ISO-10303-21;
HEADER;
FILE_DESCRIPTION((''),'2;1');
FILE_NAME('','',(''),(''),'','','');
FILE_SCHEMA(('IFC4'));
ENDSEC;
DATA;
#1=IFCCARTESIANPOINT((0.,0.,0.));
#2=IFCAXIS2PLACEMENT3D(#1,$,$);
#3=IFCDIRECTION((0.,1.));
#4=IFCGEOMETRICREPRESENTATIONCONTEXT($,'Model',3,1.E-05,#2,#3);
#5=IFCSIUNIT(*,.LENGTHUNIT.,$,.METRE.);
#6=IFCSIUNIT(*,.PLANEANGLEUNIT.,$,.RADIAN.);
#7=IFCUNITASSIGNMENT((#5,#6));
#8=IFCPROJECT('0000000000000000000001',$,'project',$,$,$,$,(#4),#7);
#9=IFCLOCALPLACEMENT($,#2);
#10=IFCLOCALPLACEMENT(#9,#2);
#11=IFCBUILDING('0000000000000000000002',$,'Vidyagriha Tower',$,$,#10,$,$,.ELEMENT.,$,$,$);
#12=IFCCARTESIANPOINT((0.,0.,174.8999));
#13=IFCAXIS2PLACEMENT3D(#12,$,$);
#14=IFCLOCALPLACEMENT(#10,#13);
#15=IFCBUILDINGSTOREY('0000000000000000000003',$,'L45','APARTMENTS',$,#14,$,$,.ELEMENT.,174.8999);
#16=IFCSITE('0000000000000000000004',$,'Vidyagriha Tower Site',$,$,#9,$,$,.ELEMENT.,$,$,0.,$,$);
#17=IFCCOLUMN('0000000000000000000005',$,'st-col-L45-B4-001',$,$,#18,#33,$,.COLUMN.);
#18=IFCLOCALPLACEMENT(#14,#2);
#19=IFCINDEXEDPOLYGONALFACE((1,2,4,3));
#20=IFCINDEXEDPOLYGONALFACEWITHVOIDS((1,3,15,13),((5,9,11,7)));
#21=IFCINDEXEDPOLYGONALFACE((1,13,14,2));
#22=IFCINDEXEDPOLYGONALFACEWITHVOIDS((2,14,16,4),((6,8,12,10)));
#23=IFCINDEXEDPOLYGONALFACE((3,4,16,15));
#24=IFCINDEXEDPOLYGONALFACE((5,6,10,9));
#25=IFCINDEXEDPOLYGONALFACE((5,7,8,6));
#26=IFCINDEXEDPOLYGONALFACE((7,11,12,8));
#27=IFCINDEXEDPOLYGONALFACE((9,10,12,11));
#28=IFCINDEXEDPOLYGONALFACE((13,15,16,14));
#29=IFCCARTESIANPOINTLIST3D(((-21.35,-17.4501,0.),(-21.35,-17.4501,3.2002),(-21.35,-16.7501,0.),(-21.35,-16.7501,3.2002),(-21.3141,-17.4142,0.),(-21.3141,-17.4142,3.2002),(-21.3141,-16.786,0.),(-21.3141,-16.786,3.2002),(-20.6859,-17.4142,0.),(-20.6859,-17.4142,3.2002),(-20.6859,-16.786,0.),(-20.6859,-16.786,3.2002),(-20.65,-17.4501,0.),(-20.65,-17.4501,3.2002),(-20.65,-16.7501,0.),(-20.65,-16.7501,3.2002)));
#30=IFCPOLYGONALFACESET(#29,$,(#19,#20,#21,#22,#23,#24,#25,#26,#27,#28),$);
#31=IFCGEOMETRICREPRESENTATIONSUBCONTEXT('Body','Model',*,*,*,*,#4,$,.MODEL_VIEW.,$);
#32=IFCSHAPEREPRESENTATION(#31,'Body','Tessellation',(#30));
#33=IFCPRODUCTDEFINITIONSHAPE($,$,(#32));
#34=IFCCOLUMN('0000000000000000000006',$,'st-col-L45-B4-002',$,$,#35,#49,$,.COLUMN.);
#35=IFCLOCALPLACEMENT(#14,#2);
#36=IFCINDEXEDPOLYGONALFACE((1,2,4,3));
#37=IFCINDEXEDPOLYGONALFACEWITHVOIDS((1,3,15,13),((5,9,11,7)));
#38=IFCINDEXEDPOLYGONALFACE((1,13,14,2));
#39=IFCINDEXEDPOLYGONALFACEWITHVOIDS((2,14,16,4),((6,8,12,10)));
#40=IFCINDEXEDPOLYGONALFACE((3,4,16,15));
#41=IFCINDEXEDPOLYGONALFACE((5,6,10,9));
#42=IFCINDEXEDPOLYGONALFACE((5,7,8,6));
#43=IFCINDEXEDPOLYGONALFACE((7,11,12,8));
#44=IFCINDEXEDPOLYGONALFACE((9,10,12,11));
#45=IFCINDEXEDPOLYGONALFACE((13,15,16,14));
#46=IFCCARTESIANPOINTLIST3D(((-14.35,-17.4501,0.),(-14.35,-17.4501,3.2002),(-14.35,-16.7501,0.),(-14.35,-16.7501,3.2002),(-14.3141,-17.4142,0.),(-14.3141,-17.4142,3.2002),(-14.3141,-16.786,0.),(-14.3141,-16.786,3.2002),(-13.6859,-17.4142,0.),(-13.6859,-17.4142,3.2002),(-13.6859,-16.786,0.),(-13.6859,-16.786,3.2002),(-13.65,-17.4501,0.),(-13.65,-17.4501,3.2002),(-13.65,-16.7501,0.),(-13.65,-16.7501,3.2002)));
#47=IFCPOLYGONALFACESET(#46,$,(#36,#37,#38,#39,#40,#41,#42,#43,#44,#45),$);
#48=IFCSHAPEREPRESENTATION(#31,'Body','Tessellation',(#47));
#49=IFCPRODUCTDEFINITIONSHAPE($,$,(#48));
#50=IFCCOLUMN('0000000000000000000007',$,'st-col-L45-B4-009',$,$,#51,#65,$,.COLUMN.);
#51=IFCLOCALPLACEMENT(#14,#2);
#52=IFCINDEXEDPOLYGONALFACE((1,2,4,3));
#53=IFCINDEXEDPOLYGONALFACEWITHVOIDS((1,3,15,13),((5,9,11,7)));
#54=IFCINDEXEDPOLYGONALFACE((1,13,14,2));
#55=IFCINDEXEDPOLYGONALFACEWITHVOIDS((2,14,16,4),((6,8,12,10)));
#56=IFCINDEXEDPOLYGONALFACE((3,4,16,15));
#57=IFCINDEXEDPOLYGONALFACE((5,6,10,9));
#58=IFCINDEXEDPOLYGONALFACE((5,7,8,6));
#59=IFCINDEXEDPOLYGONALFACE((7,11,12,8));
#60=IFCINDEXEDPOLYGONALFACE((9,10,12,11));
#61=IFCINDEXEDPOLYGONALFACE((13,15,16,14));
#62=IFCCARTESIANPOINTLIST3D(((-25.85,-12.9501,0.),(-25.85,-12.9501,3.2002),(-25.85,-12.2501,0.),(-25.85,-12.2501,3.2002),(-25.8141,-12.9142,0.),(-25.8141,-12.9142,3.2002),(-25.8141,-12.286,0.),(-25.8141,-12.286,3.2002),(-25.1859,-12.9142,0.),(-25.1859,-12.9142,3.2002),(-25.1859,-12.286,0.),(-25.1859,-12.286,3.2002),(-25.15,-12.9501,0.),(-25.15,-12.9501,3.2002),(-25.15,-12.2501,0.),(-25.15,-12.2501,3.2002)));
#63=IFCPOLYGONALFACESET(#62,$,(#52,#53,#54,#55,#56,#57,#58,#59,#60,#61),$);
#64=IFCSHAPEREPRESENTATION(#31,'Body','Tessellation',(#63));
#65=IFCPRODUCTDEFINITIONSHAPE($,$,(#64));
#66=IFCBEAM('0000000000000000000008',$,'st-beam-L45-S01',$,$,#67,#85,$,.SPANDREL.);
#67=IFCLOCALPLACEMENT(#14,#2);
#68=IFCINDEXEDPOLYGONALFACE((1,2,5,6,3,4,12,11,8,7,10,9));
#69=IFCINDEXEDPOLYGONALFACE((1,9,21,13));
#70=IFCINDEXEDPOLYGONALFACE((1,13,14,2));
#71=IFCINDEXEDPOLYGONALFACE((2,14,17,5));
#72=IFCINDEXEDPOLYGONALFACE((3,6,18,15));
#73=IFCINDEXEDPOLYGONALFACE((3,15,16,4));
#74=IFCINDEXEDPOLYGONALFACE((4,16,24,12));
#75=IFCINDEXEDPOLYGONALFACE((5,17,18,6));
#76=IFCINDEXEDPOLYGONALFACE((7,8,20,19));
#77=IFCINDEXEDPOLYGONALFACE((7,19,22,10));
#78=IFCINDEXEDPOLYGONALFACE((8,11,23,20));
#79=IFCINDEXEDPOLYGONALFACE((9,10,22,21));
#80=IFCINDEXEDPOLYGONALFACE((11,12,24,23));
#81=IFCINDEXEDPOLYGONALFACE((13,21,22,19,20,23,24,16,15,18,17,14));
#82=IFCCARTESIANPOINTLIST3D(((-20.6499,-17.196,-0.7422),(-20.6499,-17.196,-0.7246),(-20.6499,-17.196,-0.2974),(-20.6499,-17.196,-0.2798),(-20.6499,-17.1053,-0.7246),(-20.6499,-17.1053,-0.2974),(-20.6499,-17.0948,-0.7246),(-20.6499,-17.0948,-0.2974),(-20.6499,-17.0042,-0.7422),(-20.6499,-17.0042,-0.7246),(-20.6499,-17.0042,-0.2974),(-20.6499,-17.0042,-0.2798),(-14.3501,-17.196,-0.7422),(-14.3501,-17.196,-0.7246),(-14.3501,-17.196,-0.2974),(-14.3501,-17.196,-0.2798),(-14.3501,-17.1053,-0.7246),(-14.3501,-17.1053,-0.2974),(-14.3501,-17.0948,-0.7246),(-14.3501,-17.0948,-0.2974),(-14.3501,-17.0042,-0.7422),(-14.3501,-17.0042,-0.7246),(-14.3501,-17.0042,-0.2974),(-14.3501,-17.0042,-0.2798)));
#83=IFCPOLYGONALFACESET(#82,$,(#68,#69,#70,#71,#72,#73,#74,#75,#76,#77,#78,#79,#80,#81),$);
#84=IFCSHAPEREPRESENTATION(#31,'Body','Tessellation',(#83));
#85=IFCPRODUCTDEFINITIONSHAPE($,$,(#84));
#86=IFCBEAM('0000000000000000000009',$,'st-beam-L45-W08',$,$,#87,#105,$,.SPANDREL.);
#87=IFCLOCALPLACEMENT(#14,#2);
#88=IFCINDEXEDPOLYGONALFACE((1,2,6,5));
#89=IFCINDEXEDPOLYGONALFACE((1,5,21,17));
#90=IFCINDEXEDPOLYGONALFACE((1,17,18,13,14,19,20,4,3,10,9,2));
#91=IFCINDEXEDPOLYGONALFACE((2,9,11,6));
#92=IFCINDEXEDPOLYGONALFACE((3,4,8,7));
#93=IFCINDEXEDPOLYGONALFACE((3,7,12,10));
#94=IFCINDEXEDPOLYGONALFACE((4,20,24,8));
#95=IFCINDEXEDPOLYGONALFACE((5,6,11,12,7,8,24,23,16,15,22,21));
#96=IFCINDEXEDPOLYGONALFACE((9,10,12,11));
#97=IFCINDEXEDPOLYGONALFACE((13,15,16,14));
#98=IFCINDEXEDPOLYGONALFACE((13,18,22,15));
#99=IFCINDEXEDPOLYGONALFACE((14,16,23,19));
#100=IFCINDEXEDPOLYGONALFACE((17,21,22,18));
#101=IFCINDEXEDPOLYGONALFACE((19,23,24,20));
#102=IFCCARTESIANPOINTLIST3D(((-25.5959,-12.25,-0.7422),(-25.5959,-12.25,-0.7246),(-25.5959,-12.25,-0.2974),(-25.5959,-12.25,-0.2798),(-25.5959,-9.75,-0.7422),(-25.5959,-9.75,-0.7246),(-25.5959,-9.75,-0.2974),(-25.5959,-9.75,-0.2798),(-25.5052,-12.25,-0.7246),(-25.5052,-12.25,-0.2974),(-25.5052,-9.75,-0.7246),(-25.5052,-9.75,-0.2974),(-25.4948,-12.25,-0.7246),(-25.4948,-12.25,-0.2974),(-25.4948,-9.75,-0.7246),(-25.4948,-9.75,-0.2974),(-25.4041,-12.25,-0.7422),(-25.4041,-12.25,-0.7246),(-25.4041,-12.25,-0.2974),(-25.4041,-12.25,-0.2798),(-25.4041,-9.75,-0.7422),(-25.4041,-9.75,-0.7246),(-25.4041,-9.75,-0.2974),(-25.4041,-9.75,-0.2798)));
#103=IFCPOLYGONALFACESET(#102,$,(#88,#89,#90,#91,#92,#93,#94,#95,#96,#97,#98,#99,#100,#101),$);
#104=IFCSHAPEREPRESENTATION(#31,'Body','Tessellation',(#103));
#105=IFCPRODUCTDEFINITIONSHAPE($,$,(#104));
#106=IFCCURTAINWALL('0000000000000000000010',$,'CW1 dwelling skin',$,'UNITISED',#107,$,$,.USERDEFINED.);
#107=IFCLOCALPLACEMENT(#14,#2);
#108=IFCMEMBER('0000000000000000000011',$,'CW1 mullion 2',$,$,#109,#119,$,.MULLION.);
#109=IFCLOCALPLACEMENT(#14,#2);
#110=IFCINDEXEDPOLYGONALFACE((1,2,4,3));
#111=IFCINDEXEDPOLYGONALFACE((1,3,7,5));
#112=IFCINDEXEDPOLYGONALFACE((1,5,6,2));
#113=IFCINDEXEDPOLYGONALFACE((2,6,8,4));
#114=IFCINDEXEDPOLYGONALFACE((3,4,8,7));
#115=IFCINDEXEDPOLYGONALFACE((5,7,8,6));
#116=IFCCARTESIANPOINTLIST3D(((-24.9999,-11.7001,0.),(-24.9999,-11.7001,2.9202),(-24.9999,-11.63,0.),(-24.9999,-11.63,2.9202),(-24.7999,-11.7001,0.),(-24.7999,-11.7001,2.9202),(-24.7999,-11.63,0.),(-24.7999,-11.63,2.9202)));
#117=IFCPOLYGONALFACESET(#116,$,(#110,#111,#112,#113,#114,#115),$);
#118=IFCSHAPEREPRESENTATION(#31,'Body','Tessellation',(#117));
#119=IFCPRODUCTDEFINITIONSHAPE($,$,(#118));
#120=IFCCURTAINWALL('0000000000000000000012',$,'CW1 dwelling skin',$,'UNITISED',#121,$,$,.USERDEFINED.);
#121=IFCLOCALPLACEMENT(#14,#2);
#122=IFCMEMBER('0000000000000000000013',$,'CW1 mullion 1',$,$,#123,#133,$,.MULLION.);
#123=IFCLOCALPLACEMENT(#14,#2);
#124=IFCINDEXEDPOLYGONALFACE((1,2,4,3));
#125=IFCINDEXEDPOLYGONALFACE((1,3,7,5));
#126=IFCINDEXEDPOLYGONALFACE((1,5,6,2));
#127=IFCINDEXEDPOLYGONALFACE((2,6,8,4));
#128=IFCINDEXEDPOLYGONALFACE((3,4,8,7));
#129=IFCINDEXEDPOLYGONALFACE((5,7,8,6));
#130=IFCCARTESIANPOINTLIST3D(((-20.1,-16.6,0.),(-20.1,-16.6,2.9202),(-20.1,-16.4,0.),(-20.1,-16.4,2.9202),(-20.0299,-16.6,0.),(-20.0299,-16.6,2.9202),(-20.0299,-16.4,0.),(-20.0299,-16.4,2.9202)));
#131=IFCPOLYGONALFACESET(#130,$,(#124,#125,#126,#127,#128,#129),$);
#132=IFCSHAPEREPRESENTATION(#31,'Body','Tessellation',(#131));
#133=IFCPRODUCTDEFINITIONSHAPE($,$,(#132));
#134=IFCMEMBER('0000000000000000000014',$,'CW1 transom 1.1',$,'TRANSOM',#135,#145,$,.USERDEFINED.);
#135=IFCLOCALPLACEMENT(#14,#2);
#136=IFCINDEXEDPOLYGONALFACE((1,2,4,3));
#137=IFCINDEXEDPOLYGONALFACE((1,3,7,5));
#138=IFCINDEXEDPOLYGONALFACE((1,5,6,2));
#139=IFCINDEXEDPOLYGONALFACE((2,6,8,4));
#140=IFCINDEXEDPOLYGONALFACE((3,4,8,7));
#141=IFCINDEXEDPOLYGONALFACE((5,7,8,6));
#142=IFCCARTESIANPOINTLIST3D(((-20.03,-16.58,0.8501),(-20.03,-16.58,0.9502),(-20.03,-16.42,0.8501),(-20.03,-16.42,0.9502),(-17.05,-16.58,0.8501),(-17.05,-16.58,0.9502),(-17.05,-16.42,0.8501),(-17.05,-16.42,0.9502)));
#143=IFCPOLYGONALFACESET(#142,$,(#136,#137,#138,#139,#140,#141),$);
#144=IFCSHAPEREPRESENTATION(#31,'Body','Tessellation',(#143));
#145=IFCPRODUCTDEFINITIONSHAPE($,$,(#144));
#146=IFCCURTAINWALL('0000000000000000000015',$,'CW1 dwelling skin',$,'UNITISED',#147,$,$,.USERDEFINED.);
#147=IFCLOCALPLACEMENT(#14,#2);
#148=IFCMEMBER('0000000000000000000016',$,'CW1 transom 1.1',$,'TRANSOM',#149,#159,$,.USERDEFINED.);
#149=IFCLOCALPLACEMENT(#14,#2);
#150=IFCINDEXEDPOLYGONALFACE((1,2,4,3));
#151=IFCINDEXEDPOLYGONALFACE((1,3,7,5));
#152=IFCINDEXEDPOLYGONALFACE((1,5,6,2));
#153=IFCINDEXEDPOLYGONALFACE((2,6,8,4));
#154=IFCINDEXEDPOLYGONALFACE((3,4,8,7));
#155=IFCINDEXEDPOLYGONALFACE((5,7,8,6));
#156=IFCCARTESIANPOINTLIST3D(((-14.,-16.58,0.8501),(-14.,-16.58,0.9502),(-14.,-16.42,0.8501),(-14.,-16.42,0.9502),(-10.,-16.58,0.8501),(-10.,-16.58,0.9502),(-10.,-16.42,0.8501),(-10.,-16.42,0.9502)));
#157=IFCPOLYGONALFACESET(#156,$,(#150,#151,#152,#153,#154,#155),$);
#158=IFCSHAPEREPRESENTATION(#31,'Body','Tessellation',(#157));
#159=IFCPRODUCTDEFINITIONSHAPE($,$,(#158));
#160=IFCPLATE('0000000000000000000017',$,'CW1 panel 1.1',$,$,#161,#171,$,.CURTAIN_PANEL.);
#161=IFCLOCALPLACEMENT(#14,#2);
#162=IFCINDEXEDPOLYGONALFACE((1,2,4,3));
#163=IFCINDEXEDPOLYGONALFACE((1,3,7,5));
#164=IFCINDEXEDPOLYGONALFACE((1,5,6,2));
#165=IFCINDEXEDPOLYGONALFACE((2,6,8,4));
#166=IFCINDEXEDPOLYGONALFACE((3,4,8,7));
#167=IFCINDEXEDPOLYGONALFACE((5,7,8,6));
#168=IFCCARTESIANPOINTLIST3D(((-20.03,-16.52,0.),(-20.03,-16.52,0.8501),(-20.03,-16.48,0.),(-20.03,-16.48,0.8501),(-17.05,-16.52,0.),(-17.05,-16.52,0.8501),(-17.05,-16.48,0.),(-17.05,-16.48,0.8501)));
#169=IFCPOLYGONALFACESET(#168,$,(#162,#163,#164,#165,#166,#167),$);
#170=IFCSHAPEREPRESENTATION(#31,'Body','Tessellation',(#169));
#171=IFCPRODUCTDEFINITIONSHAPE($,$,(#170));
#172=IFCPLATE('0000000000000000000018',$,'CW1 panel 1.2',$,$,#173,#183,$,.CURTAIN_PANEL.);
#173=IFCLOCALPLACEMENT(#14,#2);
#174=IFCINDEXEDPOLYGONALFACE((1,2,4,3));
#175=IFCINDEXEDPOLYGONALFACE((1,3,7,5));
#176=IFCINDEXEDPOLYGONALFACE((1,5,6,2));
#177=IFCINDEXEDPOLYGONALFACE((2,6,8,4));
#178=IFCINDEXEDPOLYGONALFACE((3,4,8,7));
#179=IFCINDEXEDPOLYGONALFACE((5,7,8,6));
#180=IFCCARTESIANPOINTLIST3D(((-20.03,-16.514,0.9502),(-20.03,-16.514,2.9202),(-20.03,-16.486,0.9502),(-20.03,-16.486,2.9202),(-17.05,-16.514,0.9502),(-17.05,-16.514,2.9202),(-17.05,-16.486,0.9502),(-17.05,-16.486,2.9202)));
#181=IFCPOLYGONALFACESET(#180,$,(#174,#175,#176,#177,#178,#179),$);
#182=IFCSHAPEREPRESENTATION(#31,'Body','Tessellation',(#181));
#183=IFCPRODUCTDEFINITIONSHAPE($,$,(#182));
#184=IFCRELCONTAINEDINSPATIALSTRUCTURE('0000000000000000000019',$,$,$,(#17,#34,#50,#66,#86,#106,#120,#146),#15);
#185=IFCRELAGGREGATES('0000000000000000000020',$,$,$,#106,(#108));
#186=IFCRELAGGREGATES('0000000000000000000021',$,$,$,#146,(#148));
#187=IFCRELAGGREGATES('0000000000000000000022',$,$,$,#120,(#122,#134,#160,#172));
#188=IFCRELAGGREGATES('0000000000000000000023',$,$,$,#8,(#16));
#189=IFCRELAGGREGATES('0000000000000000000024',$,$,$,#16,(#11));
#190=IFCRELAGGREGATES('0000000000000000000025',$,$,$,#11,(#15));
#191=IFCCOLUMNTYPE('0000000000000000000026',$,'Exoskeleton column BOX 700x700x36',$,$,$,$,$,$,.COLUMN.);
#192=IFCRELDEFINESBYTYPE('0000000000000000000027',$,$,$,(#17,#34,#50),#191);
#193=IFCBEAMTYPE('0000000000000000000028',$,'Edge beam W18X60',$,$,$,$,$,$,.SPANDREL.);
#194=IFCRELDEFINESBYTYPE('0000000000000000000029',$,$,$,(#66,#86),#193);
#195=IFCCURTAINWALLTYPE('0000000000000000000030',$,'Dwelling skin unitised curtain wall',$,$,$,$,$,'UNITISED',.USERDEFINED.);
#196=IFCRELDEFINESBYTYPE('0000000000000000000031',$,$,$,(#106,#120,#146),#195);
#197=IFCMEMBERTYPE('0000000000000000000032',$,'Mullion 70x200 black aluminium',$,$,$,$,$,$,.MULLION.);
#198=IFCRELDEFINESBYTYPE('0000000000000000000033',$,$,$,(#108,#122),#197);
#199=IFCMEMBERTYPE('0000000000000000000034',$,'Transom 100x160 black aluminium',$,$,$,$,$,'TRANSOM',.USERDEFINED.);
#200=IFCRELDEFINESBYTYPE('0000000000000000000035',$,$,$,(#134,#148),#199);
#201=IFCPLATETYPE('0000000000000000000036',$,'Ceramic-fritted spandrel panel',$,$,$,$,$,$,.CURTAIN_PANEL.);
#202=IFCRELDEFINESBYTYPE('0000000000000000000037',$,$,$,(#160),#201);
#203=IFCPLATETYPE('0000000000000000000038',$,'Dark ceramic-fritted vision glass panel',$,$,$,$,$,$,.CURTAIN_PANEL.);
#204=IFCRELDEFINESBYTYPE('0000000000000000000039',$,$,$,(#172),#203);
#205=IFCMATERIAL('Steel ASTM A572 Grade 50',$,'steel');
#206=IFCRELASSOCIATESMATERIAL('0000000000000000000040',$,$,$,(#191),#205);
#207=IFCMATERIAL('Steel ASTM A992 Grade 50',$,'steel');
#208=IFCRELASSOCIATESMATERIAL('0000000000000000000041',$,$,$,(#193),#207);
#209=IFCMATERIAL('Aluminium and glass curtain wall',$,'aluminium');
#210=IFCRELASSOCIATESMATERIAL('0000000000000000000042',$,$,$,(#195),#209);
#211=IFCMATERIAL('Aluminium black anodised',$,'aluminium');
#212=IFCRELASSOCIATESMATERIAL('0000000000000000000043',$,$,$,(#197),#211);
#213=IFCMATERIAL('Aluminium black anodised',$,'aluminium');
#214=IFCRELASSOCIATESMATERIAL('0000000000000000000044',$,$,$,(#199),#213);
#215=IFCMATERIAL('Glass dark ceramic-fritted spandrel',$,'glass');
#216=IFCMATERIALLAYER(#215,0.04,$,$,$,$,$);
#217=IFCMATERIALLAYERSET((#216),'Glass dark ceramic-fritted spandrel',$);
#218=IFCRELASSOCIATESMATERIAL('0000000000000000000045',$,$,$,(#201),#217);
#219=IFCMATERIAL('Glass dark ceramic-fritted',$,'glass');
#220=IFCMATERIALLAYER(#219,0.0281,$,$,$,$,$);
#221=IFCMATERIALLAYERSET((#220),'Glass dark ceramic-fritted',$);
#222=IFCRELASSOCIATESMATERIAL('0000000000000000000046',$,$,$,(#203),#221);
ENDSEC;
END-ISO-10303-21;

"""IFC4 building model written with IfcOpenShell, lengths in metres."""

from ifc_helpers import new_model, si_unit, direction, frame, origin, origin_2d, place, context, subcontext, project, spatial, rectangle, hollow_rectangle, i_section, extrude, material, layer, layer_set, material_profile, profile_set, type_object, element, aggregate, save


model = new_model("IFC4")

# Units and contexts
model_context = context("Model", 3, precision=1e-05, world=origin(), true_north=direction((0.0, 1.0)))
body_context = subcontext(model_context, "Body", "Model", "MODEL_VIEW")
ifc_project = project(units=[si_unit("LENGTHUNIT", "METRE"), si_unit("PLANEANGLEUNIT", "RADIAN")], contexts=[model_context])

# Site, building, storey
site_placement = place(None, origin())
site = spatial("IfcSite", under=ifc_project, at=site_placement, Name="Vidyagriha Tower Site", CompositionType="ELEMENT", RefElevation=0.0)
building_placement = place(site_placement, origin())
building = spatial("IfcBuilding", under=site, at=building_placement, Name="Vidyagriha Tower", CompositionType="ELEMENT")
storey_placement = place(building_placement, frame((0.0, 0.0, 174.8999)))
storey = spatial("IfcBuildingStorey", under=building, at=storey_placement, Name="L45", Description="APARTMENTS", CompositionType="ELEMENT", Elevation=174.8999)

# Columns
ifc_material_1 = material(Name="Steel ASTM A572 Grade 50", Category="steel")
ifc_material_profile_1 = material_profile(ifc_material_1, hollow_rectangle(XDim=0.7, YDim=0.7, WallThickness=0.0359, at=origin_2d()), Name="BOX 700x700x36")
ifc_profile_set_1 = profile_set([ifc_material_profile_1], Name="Steel ASTM A572 Grade 50")
column_type = type_object("IfcColumnType", Name="Exoskeleton column BOX 700x700x36", PredefinedType="COLUMN", material=ifc_profile_set_1)
for number, where, name in (
    (1, (-21.0, -17.1001, 0.0), "st-col-L45-B4-001"),
    (2, (-14.0, -17.1001, 0.0), "st-col-L45-B4-002"),
    (3, (-25.5, -12.6001, 0.0), "st-col-L45-B4-009"),
):
    element("IfcColumn", number, at=place(storey_placement, frame(where)), inside=storey, type_object=column_type, Name=name, PredefinedType="COLUMN", context=body_context, shape_type="SweptSolid", body=[
        extrude(hollow_rectangle(XDim=0.7, YDim=0.7, WallThickness=0.0359, at=origin_2d()), origin(), (0.0, 0.0, 1.0), 3.2002),
    ])

# Beams
ifc_material_2 = material(Name="Steel ASTM A992 Grade 50", Category="steel")
ifc_material_profile_2 = material_profile(ifc_material_2, i_section(OverallWidth=0.1919, OverallDepth=0.4624, WebThickness=0.0105, FlangeThickness=0.0176, at=origin_2d()), Name="W18X60")
ifc_profile_set_2 = profile_set([ifc_material_profile_2], Name="Steel ASTM A992 Grade 50")
beam_type = type_object("IfcBeamType", Name="Edge beam W18X60", PredefinedType="SPANDREL", material=ifc_profile_set_2)
beam_1_placement = place(storey_placement, frame((-20.6499, -17.1001, -0.511), z_axis=(1.0, 0.0, 0.0), x_axis=(0.0, 1.0, 0.0)))
element("IfcBeam", 4, at=beam_1_placement, inside=storey, type_object=beam_type, Name="st-beam-L45-S01", PredefinedType="SPANDREL", context=body_context, shape_type="SweptSolid", body=[
    extrude(i_section(OverallWidth=0.1919, OverallDepth=0.4624, WebThickness=0.0105, FlangeThickness=0.0176, at=origin_2d()), origin(), (0.0, 0.0, 1.0), 6.2998),
])
beam_2_placement = place(storey_placement, frame((-25.5, -12.25, -0.511), z_axis=(0.0, 1.0, 0.0), x_axis=(-1.0, 0.0, 0.0)))
element("IfcBeam", 5, at=beam_2_placement, inside=storey, type_object=beam_type, Name="st-beam-L45-W08", PredefinedType="SPANDREL", context=body_context, shape_type="SweptSolid", body=[
    extrude(i_section(OverallWidth=0.1919, OverallDepth=0.4624, WebThickness=0.0105, FlangeThickness=0.0176, at=origin_2d()), origin(), (0.0, 0.0, 1.0), 2.5),
])

# Curtain wall, member
ifc_material_3 = material(Name="Aluminium and glass curtain wall", Category="aluminium")
curtain_wall_type = type_object("IfcCurtainWallType", Name="Dwelling skin unitised curtain wall", ElementType="UNITISED", PredefinedType="USERDEFINED", material=ifc_material_3)
curtain_wall_1_placement = place(storey_placement, origin())
curtain_wall_1 = element("IfcCurtainWall", 6, at=curtain_wall_1_placement, inside=storey, type_object=curtain_wall_type, Name="CW1 dwelling skin", ObjectType="UNITISED", PredefinedType="USERDEFINED")
ifc_material_4 = material(Name="Aluminium black anodised", Category="aluminium")
ifc_material_profile_3 = material_profile(ifc_material_4, rectangle(XDim=0.2, YDim=0.0701, at=origin_2d()), Name="Mullion 70x200 black aluminium")
ifc_profile_set_3 = profile_set([ifc_material_profile_3], Name="Aluminium black anodised")
member_type_1 = type_object("IfcMemberType", Name="Mullion 70x200 black aluminium", PredefinedType="MULLION", material=ifc_profile_set_3)
member_1_placement = place(storey_placement, frame((-24.8999, -11.665, 0.0)))
member_1 = element("IfcMember", 7, at=member_1_placement, type_object=member_type_1, Name="CW1 mullion 2", PredefinedType="MULLION", context=body_context, shape_type="SweptSolid", body=[
    extrude(rectangle(XDim=0.2, YDim=0.0701, at=origin_2d()), origin(), (0.0, 0.0, 1.0), 2.9202),
])
aggregate(curtain_wall_1, [member_1])

# Curtain wall, members
curtain_wall_2_placement = place(storey_placement, origin())
curtain_wall_2 = element("IfcCurtainWall", 8, at=curtain_wall_2_placement, inside=storey, type_object=curtain_wall_type, Name="CW1 dwelling skin", ObjectType="UNITISED", PredefinedType="USERDEFINED")
member_2_placement = place(storey_placement, frame((-20.0649, -16.5, 0.0), z_axis=(0.0, 0.0, 1.0), x_axis=(0.0, 1.0, 0.0)))
member_2 = element("IfcMember", 9, at=member_2_placement, type_object=member_type_1, Name="CW1 mullion 1", PredefinedType="MULLION", context=body_context, shape_type="SweptSolid", body=[
    extrude(rectangle(XDim=0.2, YDim=0.0701, at=origin_2d()), origin(), (0.0, 0.0, 1.0), 2.9202),
])
ifc_material_5 = material(Name="Aluminium black anodised", Category="aluminium")
ifc_material_profile_4 = material_profile(ifc_material_5, rectangle(XDim=0.1599, YDim=0.1001, at=origin_2d()), Name="Transom 100x160 black aluminium")
ifc_profile_set_4 = profile_set([ifc_material_profile_4], Name="Aluminium black anodised")
member_type_2 = type_object("IfcMemberType", Name="Transom 100x160 black aluminium", ElementType="TRANSOM", PredefinedType="USERDEFINED", material=ifc_profile_set_4)
member_3_placement = place(storey_placement, frame((-20.03, -16.5, 0.9001), z_axis=(1.0, 0.0, 0.0), x_axis=(0.0, 1.0, 0.0)))
member_3 = element("IfcMember", 10, at=member_3_placement, type_object=member_type_2, Name="CW1 transom 1.1", ObjectType="TRANSOM", PredefinedType="USERDEFINED", context=body_context, shape_type="SweptSolid", body=[
    extrude(rectangle(XDim=0.1599, YDim=0.1001, at=origin_2d()), origin(), (0.0, 0.0, 1.0), 2.98),
])

# Curtain wall, member
curtain_wall_3_placement = place(storey_placement, origin())
curtain_wall_3 = element("IfcCurtainWall", 11, at=curtain_wall_3_placement, inside=storey, type_object=curtain_wall_type, Name="CW1 dwelling skin", ObjectType="UNITISED", PredefinedType="USERDEFINED")
member_4_placement = place(storey_placement, frame((-14.0, -16.5, 0.9001), z_axis=(1.0, 0.0, 0.0), x_axis=(0.0, 1.0, 0.0)))
member_4 = element("IfcMember", 12, at=member_4_placement, type_object=member_type_2, Name="CW1 transom 1.1", ObjectType="TRANSOM", PredefinedType="USERDEFINED", context=body_context, shape_type="SweptSolid", body=[
    extrude(rectangle(XDim=0.1599, YDim=0.1001, at=origin_2d()), origin(), (0.0, 0.0, 1.0), 4.0),
])
aggregate(curtain_wall_3, [member_4])

# Plates
ifc_material_6 = material(Name="Glass dark ceramic-fritted spandrel", Category="glass")
ifc_layer_1 = layer(ifc_material_6, 0.04)
ifc_layer_set_1 = layer_set([ifc_layer_1], Name="Glass dark ceramic-fritted spandrel")
plate_type_1 = type_object("IfcPlateType", Name="Ceramic-fritted spandrel panel", PredefinedType="CURTAIN_PANEL", material=ifc_layer_set_1)
plate_1_placement = place(storey_placement, frame((-18.54, -16.5, 0.0)))
plate_1 = element("IfcPlate", 13, at=plate_1_placement, type_object=plate_type_1, Name="CW1 panel 1.1", PredefinedType="CURTAIN_PANEL", context=body_context, shape_type="SweptSolid", body=[
    extrude(rectangle(XDim=2.98, YDim=0.04, at=origin_2d()), origin(), (0.0, 0.0, 1.0), 0.8501),
])
ifc_material_7 = material(Name="Glass dark ceramic-fritted", Category="glass")
ifc_layer_2 = layer(ifc_material_7, 0.0281)
ifc_layer_set_2 = layer_set([ifc_layer_2], Name="Glass dark ceramic-fritted")
plate_type_2 = type_object("IfcPlateType", Name="Dark ceramic-fritted vision glass panel", PredefinedType="CURTAIN_PANEL", material=ifc_layer_set_2)
plate_2_placement = place(storey_placement, frame((-18.54, -16.5, 0.9502)))
plate_2 = element("IfcPlate", 14, at=plate_2_placement, type_object=plate_type_2, Name="CW1 panel 1.2", PredefinedType="CURTAIN_PANEL", context=body_context, shape_type="SweptSolid", body=[
    extrude(rectangle(XDim=2.98, YDim=0.0281, at=origin_2d()), origin(), (0.0, 0.0, 1.0), 1.97),
])
aggregate(curtain_wall_2, [member_2, member_3, plate_1, plate_2])

save(model, "model.ifc")
